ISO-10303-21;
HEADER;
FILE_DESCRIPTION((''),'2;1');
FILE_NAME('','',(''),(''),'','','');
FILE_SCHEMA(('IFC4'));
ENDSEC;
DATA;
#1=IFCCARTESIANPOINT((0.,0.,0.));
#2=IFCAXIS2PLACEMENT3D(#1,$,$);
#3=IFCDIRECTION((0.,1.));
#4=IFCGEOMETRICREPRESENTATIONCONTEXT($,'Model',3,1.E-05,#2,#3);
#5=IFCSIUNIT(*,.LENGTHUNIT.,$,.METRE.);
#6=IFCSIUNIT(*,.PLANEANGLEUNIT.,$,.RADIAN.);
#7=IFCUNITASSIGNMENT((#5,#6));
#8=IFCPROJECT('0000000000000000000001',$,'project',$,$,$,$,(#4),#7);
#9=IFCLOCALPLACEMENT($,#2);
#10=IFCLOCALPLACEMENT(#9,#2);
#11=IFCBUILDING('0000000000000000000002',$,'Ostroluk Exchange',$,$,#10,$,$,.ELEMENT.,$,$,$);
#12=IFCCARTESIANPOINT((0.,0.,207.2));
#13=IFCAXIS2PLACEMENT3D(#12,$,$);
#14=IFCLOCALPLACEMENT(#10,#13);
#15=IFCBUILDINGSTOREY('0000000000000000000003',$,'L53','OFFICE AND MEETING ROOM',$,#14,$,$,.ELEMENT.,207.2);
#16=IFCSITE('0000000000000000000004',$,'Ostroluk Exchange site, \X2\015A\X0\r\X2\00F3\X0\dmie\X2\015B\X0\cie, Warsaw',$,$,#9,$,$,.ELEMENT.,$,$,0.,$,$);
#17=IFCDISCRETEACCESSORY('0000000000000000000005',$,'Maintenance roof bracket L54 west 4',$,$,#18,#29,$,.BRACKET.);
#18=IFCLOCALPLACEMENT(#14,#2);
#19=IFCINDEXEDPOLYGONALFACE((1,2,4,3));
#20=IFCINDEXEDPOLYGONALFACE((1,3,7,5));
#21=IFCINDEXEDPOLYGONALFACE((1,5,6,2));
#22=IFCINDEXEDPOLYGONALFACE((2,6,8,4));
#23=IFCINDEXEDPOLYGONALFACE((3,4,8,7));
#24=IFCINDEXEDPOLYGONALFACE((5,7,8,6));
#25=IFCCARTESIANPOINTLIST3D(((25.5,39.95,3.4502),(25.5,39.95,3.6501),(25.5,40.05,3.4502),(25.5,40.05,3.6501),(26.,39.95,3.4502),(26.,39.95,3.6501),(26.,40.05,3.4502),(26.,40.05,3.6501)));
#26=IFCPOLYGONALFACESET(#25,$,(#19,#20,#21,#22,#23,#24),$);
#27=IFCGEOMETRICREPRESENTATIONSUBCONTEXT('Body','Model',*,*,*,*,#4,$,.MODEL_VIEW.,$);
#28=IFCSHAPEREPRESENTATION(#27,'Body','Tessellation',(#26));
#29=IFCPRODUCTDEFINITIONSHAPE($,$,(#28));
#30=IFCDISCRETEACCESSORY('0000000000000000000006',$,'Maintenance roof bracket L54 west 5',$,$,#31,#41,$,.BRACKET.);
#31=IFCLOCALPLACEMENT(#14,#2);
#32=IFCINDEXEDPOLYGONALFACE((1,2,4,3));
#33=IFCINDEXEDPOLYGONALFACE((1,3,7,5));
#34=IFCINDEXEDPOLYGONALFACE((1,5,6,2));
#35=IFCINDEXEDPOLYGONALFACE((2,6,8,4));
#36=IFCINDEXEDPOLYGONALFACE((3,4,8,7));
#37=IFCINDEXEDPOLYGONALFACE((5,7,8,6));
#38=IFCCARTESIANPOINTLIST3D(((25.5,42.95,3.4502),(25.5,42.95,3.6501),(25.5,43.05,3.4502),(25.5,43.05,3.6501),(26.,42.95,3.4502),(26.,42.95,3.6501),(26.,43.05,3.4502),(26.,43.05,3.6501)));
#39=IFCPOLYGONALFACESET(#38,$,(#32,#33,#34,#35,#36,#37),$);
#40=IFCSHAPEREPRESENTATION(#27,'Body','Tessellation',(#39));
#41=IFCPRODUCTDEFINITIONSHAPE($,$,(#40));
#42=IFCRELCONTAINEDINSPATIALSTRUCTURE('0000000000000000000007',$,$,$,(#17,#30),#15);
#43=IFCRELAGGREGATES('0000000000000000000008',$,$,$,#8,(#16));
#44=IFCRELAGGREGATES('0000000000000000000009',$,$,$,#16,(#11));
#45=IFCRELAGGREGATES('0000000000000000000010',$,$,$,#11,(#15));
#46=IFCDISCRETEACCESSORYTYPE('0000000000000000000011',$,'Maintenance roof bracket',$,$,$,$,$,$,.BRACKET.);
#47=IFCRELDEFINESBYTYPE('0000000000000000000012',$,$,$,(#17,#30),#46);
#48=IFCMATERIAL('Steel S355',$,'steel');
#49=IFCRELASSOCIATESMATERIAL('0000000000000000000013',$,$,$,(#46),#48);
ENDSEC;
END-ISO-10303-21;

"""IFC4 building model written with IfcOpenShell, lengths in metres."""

from ifc_helpers import new_model, si_unit, direction, frame, origin, origin_2d, place, context, subcontext, project, spatial, rectangle, extrude, material, type_object, element, save


model = new_model("IFC4")

# Units and contexts
model_context = context("Model", 3, precision=1e-05, world=origin(), true_north=direction((0.0, 1.0)))
body_context = subcontext(model_context, "Body", "Model", "MODEL_VIEW")
ifc_project = project(units=[si_unit("LENGTHUNIT", "METRE"), si_unit("PLANEANGLEUNIT", "RADIAN")], contexts=[model_context])

# Site, building, storey
site_placement = place(None, origin())
site = spatial("IfcSite", under=ifc_project, at=site_placement, Name="Ostroluk Exchange site, Śródmieście, Warsaw", CompositionType="ELEMENT", RefElevation=0.0)
building_placement = place(site_placement, origin())
building = spatial("IfcBuilding", under=site, at=building_placement, Name="Ostroluk Exchange", CompositionType="ELEMENT")
storey_placement = place(building_placement, frame((0.0, 0.0, 207.2)))
storey = spatial("IfcBuildingStorey", under=building, at=storey_placement, Name="L53", Description="OFFICE AND MEETING ROOM", CompositionType="ELEMENT", Elevation=207.2)

# Discrete accessories
ifc_material_1 = material(Name="Steel S355", Category="steel")
discrete_accessory_type = type_object("IfcDiscreteAccessoryType", Name="Maintenance roof bracket", PredefinedType="BRACKET", material=ifc_material_1)
for number, where, z_axis, x_axis, name in (
    (1, (25.75, 40.0, 3.4502), (0.0, 0.0, 1.0), (1.0, 0.0, 0.0), "Maintenance roof bracket L54 west 4"),
    (2, (25.75, 43.0, 3.4502), (0.0, 0.0, 1.0), (1.0, 0.0, 0.0), "Maintenance roof bracket L54 west 5"),
):
    element("IfcDiscreteAccessory", number, at=place(storey_placement, frame(where, z_axis=z_axis, x_axis=x_axis)), inside=storey, type_object=discrete_accessory_type, Name=name, PredefinedType="BRACKET", context=body_context, shape_type="SweptSolid", body=[
        extrude(rectangle(XDim=0.5, YDim=0.1001, at=origin_2d()), origin(), (0.0, 0.0, 1.0), 0.2),
    ])

save(model, "model.ifc")
